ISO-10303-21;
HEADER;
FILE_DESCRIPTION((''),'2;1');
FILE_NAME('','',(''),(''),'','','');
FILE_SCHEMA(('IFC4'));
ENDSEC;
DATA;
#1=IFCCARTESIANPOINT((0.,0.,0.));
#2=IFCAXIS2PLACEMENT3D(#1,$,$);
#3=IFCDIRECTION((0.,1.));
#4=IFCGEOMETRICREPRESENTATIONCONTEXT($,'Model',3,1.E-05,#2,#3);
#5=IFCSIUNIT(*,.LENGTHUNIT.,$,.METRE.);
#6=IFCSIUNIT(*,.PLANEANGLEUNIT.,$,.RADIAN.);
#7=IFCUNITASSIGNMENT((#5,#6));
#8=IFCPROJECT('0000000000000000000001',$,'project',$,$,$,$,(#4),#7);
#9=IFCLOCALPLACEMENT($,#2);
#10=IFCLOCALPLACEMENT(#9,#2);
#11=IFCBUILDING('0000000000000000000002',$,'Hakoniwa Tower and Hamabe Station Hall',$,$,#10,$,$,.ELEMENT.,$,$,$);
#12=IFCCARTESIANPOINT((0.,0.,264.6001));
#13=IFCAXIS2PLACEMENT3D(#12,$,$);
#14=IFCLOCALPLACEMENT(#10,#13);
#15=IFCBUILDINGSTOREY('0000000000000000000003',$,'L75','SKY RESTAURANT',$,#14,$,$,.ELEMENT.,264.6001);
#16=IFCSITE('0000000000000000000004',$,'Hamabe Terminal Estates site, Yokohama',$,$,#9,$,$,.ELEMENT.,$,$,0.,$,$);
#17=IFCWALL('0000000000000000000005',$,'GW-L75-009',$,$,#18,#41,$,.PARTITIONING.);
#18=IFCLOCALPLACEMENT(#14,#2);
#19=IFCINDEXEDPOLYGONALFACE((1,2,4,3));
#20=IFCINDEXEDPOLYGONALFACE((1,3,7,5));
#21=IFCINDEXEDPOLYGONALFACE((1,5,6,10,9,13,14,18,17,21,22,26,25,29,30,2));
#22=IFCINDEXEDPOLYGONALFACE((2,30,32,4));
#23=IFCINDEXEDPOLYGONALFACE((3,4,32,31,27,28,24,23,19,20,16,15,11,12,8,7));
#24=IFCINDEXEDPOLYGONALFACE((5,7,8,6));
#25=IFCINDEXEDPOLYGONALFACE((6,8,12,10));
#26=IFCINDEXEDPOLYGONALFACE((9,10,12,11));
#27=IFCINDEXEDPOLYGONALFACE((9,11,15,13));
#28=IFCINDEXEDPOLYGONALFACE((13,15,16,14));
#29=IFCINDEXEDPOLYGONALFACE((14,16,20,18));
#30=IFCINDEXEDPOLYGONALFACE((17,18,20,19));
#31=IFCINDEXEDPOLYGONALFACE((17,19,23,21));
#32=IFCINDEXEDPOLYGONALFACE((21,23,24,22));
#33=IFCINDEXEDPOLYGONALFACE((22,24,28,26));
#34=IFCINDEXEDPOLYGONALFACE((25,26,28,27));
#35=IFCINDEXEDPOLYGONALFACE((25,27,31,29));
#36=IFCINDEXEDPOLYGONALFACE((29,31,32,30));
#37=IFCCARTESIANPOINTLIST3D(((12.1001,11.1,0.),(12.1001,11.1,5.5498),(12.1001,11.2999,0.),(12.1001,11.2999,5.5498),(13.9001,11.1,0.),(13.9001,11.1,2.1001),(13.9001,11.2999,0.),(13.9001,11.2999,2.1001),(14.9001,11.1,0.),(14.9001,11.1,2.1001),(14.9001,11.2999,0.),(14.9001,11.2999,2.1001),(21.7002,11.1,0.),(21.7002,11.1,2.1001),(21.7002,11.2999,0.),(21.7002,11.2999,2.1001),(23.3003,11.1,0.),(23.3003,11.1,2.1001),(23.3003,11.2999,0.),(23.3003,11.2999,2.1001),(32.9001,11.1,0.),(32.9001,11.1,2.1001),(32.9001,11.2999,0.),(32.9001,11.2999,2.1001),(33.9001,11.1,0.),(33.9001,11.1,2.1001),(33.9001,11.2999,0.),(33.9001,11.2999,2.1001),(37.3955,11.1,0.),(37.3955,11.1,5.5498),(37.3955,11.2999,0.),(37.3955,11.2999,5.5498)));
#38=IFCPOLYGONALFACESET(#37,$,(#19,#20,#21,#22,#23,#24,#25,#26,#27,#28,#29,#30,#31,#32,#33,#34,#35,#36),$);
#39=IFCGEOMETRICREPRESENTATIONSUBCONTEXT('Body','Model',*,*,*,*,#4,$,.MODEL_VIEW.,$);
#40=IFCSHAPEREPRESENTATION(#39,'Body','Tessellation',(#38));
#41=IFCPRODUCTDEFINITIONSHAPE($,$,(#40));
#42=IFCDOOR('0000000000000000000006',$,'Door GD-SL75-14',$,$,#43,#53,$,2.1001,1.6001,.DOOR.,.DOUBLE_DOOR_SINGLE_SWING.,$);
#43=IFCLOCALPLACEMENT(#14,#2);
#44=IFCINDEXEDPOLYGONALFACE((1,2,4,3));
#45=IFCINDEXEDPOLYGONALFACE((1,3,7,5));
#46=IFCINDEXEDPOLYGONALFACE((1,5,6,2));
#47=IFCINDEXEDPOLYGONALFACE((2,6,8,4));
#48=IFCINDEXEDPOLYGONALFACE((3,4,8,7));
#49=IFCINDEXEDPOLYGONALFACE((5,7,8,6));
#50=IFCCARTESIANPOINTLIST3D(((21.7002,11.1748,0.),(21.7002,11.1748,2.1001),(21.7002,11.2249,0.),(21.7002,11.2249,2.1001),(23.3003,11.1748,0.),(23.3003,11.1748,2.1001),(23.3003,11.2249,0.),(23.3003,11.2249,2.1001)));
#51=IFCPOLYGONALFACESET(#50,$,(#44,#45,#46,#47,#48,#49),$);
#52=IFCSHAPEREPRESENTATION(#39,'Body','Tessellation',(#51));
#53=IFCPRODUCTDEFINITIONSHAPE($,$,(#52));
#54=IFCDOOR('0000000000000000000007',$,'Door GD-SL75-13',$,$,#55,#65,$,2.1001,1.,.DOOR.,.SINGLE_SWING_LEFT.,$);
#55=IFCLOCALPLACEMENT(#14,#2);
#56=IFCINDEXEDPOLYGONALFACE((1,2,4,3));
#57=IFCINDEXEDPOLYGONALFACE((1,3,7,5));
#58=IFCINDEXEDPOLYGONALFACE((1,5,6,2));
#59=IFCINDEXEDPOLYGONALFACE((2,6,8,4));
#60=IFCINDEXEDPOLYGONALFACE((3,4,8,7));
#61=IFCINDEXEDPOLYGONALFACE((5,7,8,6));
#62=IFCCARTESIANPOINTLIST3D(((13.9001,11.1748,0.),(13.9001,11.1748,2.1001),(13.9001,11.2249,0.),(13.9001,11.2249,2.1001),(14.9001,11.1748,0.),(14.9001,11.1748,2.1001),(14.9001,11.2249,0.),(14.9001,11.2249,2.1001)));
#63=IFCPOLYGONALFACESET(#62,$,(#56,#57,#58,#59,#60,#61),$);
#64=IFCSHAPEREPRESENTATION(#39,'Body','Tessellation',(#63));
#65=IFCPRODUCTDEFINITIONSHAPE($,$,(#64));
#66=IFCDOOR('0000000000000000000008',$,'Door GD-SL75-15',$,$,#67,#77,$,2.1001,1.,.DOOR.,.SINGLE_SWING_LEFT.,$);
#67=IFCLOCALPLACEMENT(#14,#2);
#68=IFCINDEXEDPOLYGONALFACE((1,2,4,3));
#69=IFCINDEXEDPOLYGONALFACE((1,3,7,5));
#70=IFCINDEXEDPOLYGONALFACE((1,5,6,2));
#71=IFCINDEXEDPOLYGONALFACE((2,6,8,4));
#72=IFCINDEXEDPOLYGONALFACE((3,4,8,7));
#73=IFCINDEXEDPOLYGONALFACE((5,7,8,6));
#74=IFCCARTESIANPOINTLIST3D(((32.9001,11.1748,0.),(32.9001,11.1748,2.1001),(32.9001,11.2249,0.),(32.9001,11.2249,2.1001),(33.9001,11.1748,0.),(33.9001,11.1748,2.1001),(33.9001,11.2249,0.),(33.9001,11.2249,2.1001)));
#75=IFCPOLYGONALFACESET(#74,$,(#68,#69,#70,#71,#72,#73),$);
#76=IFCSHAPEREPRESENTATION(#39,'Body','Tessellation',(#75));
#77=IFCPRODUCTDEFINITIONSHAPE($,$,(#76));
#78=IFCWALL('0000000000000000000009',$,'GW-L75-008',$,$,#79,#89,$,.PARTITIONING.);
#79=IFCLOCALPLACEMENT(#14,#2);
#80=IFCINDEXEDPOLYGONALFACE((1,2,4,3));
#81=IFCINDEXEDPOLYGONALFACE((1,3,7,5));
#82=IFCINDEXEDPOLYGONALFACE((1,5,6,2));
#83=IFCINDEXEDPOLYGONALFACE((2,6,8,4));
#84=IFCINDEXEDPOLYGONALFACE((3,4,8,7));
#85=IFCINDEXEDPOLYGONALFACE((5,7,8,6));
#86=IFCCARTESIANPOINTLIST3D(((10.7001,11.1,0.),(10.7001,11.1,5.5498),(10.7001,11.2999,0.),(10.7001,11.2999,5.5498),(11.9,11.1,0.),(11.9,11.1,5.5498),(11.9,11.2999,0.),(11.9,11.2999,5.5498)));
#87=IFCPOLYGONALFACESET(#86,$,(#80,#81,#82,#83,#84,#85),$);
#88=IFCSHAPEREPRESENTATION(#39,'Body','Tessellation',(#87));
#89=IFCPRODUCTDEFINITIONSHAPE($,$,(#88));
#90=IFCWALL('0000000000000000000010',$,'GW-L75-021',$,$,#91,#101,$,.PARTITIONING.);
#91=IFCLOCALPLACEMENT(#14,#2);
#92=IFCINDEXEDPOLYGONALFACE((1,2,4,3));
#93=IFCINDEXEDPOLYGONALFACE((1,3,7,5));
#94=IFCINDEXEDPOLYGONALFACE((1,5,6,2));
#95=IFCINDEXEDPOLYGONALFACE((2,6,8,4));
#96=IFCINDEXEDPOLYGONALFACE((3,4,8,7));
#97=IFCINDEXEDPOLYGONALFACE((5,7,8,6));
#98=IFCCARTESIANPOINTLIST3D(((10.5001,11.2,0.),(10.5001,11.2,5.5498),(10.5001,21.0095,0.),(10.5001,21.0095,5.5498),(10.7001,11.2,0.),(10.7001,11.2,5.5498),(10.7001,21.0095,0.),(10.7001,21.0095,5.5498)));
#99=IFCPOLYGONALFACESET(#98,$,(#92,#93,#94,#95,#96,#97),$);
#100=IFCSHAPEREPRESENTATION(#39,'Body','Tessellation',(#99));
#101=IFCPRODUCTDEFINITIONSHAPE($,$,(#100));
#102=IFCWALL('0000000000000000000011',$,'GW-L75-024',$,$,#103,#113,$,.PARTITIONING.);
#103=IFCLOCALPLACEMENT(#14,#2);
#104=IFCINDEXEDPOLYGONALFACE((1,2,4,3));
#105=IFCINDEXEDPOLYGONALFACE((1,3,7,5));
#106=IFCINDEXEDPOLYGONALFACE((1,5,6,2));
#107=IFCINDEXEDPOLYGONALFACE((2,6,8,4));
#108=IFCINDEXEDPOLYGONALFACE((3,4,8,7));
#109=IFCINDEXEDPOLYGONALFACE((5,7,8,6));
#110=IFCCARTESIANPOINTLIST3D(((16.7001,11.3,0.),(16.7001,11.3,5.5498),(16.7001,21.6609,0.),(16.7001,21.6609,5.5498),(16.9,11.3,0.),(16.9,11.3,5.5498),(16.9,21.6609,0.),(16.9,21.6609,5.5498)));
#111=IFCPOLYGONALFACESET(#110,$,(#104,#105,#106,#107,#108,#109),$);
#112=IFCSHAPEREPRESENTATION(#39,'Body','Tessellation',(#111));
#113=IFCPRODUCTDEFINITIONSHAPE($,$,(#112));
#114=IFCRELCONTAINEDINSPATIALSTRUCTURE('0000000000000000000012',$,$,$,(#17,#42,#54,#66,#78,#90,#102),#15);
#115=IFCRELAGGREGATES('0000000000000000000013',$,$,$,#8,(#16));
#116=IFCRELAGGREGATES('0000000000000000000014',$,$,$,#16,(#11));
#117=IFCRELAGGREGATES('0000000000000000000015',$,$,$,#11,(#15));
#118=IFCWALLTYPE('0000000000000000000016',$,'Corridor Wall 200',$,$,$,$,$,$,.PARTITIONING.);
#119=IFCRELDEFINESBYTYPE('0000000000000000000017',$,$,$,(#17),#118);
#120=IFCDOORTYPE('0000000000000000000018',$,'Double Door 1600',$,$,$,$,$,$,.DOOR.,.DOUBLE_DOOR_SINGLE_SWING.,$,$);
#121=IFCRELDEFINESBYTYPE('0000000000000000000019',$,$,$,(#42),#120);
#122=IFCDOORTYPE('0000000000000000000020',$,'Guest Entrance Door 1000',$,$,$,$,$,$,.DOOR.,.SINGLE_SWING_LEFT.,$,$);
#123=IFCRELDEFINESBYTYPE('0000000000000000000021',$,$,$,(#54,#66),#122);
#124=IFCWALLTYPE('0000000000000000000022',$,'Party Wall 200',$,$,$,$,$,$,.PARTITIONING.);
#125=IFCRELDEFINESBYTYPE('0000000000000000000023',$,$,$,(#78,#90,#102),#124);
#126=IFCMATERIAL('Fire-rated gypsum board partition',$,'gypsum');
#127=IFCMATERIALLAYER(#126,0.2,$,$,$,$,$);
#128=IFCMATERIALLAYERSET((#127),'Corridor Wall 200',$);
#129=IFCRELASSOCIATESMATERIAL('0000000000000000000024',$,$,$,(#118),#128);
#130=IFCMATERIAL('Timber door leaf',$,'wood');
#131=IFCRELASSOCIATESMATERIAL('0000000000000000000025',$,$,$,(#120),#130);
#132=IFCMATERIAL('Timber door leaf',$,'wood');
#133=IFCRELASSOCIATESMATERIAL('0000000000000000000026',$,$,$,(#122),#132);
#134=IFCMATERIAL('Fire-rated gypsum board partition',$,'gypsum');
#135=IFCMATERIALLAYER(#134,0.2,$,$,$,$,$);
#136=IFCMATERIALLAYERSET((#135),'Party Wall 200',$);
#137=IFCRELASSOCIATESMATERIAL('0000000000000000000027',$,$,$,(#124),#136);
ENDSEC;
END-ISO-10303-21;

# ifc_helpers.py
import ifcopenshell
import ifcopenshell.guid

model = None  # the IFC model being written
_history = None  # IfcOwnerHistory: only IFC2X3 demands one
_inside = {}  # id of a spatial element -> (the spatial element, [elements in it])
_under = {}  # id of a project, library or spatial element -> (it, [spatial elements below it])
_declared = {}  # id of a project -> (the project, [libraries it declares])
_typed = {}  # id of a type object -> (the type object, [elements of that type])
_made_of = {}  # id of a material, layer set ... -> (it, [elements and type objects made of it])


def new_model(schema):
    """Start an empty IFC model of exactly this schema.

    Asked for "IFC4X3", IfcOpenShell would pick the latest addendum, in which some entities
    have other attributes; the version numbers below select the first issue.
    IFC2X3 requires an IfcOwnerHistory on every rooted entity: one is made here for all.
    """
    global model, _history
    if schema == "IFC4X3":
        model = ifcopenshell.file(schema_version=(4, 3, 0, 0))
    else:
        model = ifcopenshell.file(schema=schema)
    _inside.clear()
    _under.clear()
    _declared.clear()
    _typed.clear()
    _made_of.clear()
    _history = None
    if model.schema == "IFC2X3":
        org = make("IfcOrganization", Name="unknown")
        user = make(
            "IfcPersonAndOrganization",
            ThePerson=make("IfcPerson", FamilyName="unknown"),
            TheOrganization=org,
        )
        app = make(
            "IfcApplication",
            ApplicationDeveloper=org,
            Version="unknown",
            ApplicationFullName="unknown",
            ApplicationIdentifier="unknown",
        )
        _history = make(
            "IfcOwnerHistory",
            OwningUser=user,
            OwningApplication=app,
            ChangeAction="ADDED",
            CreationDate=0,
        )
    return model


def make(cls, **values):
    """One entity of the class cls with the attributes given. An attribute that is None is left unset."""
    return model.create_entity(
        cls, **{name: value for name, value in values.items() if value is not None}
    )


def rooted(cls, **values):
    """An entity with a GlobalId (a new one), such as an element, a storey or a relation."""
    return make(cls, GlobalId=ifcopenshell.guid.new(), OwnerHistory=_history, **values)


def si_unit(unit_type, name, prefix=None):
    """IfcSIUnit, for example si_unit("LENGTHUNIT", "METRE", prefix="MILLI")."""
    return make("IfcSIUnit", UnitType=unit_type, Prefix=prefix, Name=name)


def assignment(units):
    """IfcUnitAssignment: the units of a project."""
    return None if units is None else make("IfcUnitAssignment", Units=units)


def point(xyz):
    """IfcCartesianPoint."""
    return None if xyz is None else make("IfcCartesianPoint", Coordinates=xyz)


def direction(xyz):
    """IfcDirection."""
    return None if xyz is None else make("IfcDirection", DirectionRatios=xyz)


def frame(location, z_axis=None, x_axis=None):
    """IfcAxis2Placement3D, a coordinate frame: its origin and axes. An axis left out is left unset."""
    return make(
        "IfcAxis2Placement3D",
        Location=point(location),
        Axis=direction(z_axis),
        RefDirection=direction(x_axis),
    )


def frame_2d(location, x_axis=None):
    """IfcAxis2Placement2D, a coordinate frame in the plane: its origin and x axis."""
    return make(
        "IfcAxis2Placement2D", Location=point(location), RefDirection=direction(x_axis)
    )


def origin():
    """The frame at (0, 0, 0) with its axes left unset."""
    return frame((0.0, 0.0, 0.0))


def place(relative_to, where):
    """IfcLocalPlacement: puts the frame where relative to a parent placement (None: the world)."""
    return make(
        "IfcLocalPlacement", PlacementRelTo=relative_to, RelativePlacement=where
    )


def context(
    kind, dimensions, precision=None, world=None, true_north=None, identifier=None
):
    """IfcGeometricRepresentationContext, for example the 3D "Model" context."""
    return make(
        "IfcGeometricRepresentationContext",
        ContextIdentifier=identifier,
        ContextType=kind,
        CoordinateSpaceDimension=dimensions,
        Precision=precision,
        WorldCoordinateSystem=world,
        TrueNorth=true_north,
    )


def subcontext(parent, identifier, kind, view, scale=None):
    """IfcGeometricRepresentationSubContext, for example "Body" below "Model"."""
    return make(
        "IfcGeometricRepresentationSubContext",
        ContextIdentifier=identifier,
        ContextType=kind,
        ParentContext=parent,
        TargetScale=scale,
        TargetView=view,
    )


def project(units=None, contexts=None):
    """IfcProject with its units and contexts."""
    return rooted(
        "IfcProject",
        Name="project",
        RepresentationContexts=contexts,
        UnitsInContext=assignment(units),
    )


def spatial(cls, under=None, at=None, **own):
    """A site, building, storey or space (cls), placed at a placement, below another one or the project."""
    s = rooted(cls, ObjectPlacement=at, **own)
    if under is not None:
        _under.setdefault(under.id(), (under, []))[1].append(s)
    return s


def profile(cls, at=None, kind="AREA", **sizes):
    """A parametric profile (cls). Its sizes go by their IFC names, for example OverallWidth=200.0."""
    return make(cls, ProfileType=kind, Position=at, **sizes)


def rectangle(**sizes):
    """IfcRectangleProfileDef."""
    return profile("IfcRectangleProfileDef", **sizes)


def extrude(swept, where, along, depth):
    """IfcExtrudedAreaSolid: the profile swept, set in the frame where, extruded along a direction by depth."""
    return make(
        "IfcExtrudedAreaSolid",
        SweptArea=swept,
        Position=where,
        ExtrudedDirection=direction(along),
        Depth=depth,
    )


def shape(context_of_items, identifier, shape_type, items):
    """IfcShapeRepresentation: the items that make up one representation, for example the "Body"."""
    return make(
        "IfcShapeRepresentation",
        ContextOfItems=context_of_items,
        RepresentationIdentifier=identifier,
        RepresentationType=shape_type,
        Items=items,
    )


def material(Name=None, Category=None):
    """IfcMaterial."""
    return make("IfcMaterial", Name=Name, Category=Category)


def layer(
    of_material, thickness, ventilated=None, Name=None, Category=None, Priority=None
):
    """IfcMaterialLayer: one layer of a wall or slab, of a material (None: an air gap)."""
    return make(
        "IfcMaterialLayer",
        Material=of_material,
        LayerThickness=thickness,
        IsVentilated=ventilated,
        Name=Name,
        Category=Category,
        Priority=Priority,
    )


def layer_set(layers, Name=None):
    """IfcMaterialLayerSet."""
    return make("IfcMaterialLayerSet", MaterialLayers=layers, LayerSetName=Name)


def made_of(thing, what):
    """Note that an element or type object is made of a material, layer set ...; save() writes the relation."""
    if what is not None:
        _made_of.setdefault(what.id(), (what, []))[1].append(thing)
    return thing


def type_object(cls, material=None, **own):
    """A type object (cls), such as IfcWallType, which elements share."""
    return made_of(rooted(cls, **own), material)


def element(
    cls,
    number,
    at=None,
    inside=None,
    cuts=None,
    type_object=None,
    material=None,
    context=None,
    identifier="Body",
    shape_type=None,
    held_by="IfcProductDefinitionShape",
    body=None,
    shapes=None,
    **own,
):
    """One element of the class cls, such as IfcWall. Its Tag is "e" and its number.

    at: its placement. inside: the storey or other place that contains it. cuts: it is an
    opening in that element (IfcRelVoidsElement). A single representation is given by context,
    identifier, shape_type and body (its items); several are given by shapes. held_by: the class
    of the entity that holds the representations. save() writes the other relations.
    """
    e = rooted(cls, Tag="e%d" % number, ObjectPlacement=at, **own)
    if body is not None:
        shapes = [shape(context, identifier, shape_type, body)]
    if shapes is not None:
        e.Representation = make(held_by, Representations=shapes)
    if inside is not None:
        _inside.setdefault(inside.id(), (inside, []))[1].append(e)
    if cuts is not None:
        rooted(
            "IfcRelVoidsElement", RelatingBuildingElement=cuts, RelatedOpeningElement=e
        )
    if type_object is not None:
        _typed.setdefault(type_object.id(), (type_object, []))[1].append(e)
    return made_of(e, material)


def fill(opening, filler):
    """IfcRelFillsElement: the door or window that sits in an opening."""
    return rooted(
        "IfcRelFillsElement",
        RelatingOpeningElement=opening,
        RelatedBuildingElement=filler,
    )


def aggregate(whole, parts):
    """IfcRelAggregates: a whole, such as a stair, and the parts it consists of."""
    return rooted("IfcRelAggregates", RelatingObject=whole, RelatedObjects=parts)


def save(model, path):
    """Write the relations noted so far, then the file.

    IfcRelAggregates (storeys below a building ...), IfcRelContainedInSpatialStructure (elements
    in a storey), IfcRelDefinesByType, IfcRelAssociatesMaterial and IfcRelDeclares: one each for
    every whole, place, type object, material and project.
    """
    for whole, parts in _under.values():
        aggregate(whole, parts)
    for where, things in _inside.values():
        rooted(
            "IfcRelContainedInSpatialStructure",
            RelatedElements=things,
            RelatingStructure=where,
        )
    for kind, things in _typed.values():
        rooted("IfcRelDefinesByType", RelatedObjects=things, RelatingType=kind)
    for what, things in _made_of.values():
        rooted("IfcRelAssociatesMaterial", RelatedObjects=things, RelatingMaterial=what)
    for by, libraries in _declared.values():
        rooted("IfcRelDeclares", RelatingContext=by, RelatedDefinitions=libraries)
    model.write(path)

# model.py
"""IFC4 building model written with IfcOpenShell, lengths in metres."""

from ifc_helpers import new_model, si_unit, direction, frame, frame_2d, origin, place, context, subcontext, project, spatial, rectangle, extrude, material, layer, layer_set, type_object, element, fill, save


model = new_model("IFC4")

# Units and contexts
model_context = context("Model", 3, precision=1e-05, world=origin(), true_north=direction((0.0, 1.0)))
body_context = subcontext(model_context, "Body", "Model", "MODEL_VIEW")
ifc_project = project(units=[si_unit("LENGTHUNIT", "METRE"), si_unit("PLANEANGLEUNIT", "RADIAN")], contexts=[model_context])

# Site, building, storey
site_placement = place(None, origin())
site = spatial("IfcSite", under=ifc_project, at=site_placement, Name="Hamabe Terminal Estates site, Yokohama", CompositionType="ELEMENT", RefElevation=0.0)
building_placement = place(site_placement, origin())
building = spatial("IfcBuilding", under=site, at=building_placement, Name="Hakoniwa Tower and Hamabe Station Hall", CompositionType="ELEMENT")
storey_placement = place(building_placement, frame((0.0, 0.0, 264.6001)))
storey = spatial("IfcBuildingStorey", under=building, at=storey_placement, Name="L75", Description="SKY RESTAURANT", CompositionType="ELEMENT", Elevation=264.6001)

# Wall, openings, doors
ifc_material_1 = material(Name="Fire-rated gypsum board partition", Category="gypsum")
ifc_layer_1 = layer(ifc_material_1, 0.2)
ifc_layer_set_1 = layer_set([ifc_layer_1], Name="Corridor Wall 200")
wall_type_1 = type_object("IfcWallType", Name="Corridor Wall 200", PredefinedType="PARTITIONING", material=ifc_layer_set_1)
wall_1_placement = place(storey_placement, frame((12.1001, 11.2, 0.0), z_axis=(0.0, 0.0, 1.0), x_axis=(1.0, 0.0, 0.0)))
wall_1 = element("IfcWall", 1, at=wall_1_placement, inside=storey, type_object=wall_type_1, Name="GW-L75-009", PredefinedType="PARTITIONING", context=body_context, shape_type="SweptSolid", body=[
    extrude(rectangle(XDim=25.2954, YDim=0.2, at=frame_2d((12.6477, 0.0))), origin(), (0.0, 0.0, 1.0), 5.5498),
])
opening_1_placement = place(wall_1_placement, frame((1.8, 0.0, 0.0)))
opening_1 = element("IfcOpeningElement", 2, at=opening_1_placement, cuts=wall_1, PredefinedType="OPENING", context=body_context, shape_type="SweptSolid", body=[
    extrude(rectangle(XDim=1.0, YDim=2.1001, at=frame_2d((0.5, 1.05))), frame((0.0, 0.1099, 0.0), z_axis=(0.0, -1.0, 0.0), x_axis=(1.0, 0.0, 0.0)), (0.0, 0.0, 1.0), 0.22),
])
opening_2_placement = place(wall_1_placement, frame((9.6001, 0.0, 0.0)))
opening_2 = element("IfcOpeningElement", 3, at=opening_2_placement, cuts=wall_1, PredefinedType="OPENING", context=body_context, shape_type="SweptSolid", body=[
    extrude(rectangle(XDim=1.6001, YDim=2.1001, at=frame_2d((0.8, 1.05))), frame((0.0, 0.1099, 0.0), z_axis=(0.0, -1.0, 0.0), x_axis=(1.0, 0.0, 0.0)), (0.0, 0.0, 1.0), 0.22),
])
opening_3_placement = place(wall_1_placement, frame((20.8, 0.0, 0.0)))
opening_3 = element("IfcOpeningElement", 4, at=opening_3_placement, cuts=wall_1, PredefinedType="OPENING", context=body_context, shape_type="SweptSolid", body=[
    extrude(rectangle(XDim=1.0, YDim=2.1001, at=frame_2d((0.5, 1.05))), frame((0.0, 0.1099, 0.0), z_axis=(0.0, -1.0, 0.0), x_axis=(1.0, 0.0, 0.0)), (0.0, 0.0, 1.0), 0.22),
])
ifc_material_2 = material(Name="Timber door leaf", Category="wood")
door_type_1 = type_object("IfcDoorType", Name="Double Door 1600", OperationType="DOUBLE_DOOR_SINGLE_SWING", PredefinedType="DOOR", material=ifc_material_2)
door_1_placement = place(opening_2_placement, origin())
door_1 = element("IfcDoor", 5, at=door_1_placement, inside=storey, type_object=door_type_1, Name="Door GD-SL75-14", OperationType="DOUBLE_DOOR_SINGLE_SWING", OverallHeight=2.1001, OverallWidth=1.6001, PredefinedType="DOOR", context=body_context, shape_type="SweptSolid", body=[
    extrude(rectangle(XDim=1.6001, YDim=2.1001, at=frame_2d((0.8, 1.05))), frame((0.0, 0.0249, 0.0), z_axis=(0.0, -1.0, 0.0), x_axis=(1.0, 0.0, 0.0)), (0.0, 0.0, 1.0), 0.05),
])
fill(opening_2, door_1)
ifc_material_3 = material(Name="Timber door leaf", Category="wood")
door_type_2 = type_object("IfcDoorType", Name="Guest Entrance Door 1000", OperationType="SINGLE_SWING_LEFT", PredefinedType="DOOR", material=ifc_material_3)
door_2_placement = place(opening_1_placement, origin())
door_2 = element("IfcDoor", 6, at=door_2_placement, inside=storey, type_object=door_type_2, Name="Door GD-SL75-13", OperationType="SINGLE_SWING_LEFT", OverallHeight=2.1001, OverallWidth=1.0, PredefinedType="DOOR", context=body_context, shape_type="SweptSolid", body=[
    extrude(rectangle(XDim=1.0, YDim=2.1001, at=frame_2d((0.5, 1.05))), frame((0.0, 0.0249, 0.0), z_axis=(0.0, -1.0, 0.0), x_axis=(1.0, 0.0, 0.0)), (0.0, 0.0, 1.0), 0.05),
])
fill(opening_1, door_2)
door_3_placement = place(opening_3_placement, origin())
door_3 = element("IfcDoor", 7, at=door_3_placement, inside=storey, type_object=door_type_2, Name="Door GD-SL75-15", OperationType="SINGLE_SWING_LEFT", OverallHeight=2.1001, OverallWidth=1.0, PredefinedType="DOOR", context=body_context, shape_type="SweptSolid", body=[
    extrude(rectangle(XDim=1.0, YDim=2.1001, at=frame_2d((0.5, 1.05))), frame((0.0, 0.0249, 0.0), z_axis=(0.0, -1.0, 0.0), x_axis=(1.0, 0.0, 0.0)), (0.0, 0.0, 1.0), 0.05),
])
fill(opening_3, door_3)

# Walls
ifc_material_4 = material(Name="Fire-rated gypsum board partition", Category="gypsum")
ifc_layer_2 = layer(ifc_material_4, 0.2)
ifc_layer_set_2 = layer_set([ifc_layer_2], Name="Party Wall 200")
wall_type_2 = type_object("IfcWallType", Name="Party Wall 200", PredefinedType="PARTITIONING", material=ifc_layer_set_2)
wall_2_placement = place(storey_placement, frame((10.7, 11.2, 0.0), z_axis=(0.0, 0.0, 1.0), x_axis=(1.0, 0.0, 0.0)))
element("IfcWall", 8, at=wall_2_placement, inside=storey, type_object=wall_type_2, Name="GW-L75-008", PredefinedType="PARTITIONING", context=body_context, shape_type="SweptSolid", body=[
    extrude(rectangle(XDim=1.2, YDim=0.2, at=frame_2d((0.6001, 0.0))), origin(), (0.0, 0.0, 1.0), 5.5498),
])
wall_3_placement = place(storey_placement, frame((10.6001, 11.2, 0.0), z_axis=(0.0, 0.0, 1.0), x_axis=(0.0, 1.0, 0.0)))
element("IfcWall", 9, at=wall_3_placement, inside=storey, type_object=wall_type_2, Name="GW-L75-021", PredefinedType="PARTITIONING", context=body_context, shape_type="SweptSolid", body=[
    extrude(rectangle(XDim=9.8096, YDim=0.2, at=frame_2d((4.9048, 0.0))), origin(), (0.0, 0.0, 1.0), 5.5498),
])
wall_4_placement = place(storey_placement, frame((16.8, 11.3, 0.0), z_axis=(0.0, 0.0, 1.0), x_axis=(0.0, 1.0, 0.0)))
element("IfcWall", 10, at=wall_4_placement, inside=storey, type_object=wall_type_2, Name="GW-L75-024", PredefinedType="PARTITIONING", context=body_context, shape_type="SweptSolid", body=[
    extrude(rectangle(XDim=10.3608, YDim=0.2, at=frame_2d((5.1804, 0.0))), origin(), (0.0, 0.0, 1.0), 5.5498),
])

save(model, "model.ifc")
